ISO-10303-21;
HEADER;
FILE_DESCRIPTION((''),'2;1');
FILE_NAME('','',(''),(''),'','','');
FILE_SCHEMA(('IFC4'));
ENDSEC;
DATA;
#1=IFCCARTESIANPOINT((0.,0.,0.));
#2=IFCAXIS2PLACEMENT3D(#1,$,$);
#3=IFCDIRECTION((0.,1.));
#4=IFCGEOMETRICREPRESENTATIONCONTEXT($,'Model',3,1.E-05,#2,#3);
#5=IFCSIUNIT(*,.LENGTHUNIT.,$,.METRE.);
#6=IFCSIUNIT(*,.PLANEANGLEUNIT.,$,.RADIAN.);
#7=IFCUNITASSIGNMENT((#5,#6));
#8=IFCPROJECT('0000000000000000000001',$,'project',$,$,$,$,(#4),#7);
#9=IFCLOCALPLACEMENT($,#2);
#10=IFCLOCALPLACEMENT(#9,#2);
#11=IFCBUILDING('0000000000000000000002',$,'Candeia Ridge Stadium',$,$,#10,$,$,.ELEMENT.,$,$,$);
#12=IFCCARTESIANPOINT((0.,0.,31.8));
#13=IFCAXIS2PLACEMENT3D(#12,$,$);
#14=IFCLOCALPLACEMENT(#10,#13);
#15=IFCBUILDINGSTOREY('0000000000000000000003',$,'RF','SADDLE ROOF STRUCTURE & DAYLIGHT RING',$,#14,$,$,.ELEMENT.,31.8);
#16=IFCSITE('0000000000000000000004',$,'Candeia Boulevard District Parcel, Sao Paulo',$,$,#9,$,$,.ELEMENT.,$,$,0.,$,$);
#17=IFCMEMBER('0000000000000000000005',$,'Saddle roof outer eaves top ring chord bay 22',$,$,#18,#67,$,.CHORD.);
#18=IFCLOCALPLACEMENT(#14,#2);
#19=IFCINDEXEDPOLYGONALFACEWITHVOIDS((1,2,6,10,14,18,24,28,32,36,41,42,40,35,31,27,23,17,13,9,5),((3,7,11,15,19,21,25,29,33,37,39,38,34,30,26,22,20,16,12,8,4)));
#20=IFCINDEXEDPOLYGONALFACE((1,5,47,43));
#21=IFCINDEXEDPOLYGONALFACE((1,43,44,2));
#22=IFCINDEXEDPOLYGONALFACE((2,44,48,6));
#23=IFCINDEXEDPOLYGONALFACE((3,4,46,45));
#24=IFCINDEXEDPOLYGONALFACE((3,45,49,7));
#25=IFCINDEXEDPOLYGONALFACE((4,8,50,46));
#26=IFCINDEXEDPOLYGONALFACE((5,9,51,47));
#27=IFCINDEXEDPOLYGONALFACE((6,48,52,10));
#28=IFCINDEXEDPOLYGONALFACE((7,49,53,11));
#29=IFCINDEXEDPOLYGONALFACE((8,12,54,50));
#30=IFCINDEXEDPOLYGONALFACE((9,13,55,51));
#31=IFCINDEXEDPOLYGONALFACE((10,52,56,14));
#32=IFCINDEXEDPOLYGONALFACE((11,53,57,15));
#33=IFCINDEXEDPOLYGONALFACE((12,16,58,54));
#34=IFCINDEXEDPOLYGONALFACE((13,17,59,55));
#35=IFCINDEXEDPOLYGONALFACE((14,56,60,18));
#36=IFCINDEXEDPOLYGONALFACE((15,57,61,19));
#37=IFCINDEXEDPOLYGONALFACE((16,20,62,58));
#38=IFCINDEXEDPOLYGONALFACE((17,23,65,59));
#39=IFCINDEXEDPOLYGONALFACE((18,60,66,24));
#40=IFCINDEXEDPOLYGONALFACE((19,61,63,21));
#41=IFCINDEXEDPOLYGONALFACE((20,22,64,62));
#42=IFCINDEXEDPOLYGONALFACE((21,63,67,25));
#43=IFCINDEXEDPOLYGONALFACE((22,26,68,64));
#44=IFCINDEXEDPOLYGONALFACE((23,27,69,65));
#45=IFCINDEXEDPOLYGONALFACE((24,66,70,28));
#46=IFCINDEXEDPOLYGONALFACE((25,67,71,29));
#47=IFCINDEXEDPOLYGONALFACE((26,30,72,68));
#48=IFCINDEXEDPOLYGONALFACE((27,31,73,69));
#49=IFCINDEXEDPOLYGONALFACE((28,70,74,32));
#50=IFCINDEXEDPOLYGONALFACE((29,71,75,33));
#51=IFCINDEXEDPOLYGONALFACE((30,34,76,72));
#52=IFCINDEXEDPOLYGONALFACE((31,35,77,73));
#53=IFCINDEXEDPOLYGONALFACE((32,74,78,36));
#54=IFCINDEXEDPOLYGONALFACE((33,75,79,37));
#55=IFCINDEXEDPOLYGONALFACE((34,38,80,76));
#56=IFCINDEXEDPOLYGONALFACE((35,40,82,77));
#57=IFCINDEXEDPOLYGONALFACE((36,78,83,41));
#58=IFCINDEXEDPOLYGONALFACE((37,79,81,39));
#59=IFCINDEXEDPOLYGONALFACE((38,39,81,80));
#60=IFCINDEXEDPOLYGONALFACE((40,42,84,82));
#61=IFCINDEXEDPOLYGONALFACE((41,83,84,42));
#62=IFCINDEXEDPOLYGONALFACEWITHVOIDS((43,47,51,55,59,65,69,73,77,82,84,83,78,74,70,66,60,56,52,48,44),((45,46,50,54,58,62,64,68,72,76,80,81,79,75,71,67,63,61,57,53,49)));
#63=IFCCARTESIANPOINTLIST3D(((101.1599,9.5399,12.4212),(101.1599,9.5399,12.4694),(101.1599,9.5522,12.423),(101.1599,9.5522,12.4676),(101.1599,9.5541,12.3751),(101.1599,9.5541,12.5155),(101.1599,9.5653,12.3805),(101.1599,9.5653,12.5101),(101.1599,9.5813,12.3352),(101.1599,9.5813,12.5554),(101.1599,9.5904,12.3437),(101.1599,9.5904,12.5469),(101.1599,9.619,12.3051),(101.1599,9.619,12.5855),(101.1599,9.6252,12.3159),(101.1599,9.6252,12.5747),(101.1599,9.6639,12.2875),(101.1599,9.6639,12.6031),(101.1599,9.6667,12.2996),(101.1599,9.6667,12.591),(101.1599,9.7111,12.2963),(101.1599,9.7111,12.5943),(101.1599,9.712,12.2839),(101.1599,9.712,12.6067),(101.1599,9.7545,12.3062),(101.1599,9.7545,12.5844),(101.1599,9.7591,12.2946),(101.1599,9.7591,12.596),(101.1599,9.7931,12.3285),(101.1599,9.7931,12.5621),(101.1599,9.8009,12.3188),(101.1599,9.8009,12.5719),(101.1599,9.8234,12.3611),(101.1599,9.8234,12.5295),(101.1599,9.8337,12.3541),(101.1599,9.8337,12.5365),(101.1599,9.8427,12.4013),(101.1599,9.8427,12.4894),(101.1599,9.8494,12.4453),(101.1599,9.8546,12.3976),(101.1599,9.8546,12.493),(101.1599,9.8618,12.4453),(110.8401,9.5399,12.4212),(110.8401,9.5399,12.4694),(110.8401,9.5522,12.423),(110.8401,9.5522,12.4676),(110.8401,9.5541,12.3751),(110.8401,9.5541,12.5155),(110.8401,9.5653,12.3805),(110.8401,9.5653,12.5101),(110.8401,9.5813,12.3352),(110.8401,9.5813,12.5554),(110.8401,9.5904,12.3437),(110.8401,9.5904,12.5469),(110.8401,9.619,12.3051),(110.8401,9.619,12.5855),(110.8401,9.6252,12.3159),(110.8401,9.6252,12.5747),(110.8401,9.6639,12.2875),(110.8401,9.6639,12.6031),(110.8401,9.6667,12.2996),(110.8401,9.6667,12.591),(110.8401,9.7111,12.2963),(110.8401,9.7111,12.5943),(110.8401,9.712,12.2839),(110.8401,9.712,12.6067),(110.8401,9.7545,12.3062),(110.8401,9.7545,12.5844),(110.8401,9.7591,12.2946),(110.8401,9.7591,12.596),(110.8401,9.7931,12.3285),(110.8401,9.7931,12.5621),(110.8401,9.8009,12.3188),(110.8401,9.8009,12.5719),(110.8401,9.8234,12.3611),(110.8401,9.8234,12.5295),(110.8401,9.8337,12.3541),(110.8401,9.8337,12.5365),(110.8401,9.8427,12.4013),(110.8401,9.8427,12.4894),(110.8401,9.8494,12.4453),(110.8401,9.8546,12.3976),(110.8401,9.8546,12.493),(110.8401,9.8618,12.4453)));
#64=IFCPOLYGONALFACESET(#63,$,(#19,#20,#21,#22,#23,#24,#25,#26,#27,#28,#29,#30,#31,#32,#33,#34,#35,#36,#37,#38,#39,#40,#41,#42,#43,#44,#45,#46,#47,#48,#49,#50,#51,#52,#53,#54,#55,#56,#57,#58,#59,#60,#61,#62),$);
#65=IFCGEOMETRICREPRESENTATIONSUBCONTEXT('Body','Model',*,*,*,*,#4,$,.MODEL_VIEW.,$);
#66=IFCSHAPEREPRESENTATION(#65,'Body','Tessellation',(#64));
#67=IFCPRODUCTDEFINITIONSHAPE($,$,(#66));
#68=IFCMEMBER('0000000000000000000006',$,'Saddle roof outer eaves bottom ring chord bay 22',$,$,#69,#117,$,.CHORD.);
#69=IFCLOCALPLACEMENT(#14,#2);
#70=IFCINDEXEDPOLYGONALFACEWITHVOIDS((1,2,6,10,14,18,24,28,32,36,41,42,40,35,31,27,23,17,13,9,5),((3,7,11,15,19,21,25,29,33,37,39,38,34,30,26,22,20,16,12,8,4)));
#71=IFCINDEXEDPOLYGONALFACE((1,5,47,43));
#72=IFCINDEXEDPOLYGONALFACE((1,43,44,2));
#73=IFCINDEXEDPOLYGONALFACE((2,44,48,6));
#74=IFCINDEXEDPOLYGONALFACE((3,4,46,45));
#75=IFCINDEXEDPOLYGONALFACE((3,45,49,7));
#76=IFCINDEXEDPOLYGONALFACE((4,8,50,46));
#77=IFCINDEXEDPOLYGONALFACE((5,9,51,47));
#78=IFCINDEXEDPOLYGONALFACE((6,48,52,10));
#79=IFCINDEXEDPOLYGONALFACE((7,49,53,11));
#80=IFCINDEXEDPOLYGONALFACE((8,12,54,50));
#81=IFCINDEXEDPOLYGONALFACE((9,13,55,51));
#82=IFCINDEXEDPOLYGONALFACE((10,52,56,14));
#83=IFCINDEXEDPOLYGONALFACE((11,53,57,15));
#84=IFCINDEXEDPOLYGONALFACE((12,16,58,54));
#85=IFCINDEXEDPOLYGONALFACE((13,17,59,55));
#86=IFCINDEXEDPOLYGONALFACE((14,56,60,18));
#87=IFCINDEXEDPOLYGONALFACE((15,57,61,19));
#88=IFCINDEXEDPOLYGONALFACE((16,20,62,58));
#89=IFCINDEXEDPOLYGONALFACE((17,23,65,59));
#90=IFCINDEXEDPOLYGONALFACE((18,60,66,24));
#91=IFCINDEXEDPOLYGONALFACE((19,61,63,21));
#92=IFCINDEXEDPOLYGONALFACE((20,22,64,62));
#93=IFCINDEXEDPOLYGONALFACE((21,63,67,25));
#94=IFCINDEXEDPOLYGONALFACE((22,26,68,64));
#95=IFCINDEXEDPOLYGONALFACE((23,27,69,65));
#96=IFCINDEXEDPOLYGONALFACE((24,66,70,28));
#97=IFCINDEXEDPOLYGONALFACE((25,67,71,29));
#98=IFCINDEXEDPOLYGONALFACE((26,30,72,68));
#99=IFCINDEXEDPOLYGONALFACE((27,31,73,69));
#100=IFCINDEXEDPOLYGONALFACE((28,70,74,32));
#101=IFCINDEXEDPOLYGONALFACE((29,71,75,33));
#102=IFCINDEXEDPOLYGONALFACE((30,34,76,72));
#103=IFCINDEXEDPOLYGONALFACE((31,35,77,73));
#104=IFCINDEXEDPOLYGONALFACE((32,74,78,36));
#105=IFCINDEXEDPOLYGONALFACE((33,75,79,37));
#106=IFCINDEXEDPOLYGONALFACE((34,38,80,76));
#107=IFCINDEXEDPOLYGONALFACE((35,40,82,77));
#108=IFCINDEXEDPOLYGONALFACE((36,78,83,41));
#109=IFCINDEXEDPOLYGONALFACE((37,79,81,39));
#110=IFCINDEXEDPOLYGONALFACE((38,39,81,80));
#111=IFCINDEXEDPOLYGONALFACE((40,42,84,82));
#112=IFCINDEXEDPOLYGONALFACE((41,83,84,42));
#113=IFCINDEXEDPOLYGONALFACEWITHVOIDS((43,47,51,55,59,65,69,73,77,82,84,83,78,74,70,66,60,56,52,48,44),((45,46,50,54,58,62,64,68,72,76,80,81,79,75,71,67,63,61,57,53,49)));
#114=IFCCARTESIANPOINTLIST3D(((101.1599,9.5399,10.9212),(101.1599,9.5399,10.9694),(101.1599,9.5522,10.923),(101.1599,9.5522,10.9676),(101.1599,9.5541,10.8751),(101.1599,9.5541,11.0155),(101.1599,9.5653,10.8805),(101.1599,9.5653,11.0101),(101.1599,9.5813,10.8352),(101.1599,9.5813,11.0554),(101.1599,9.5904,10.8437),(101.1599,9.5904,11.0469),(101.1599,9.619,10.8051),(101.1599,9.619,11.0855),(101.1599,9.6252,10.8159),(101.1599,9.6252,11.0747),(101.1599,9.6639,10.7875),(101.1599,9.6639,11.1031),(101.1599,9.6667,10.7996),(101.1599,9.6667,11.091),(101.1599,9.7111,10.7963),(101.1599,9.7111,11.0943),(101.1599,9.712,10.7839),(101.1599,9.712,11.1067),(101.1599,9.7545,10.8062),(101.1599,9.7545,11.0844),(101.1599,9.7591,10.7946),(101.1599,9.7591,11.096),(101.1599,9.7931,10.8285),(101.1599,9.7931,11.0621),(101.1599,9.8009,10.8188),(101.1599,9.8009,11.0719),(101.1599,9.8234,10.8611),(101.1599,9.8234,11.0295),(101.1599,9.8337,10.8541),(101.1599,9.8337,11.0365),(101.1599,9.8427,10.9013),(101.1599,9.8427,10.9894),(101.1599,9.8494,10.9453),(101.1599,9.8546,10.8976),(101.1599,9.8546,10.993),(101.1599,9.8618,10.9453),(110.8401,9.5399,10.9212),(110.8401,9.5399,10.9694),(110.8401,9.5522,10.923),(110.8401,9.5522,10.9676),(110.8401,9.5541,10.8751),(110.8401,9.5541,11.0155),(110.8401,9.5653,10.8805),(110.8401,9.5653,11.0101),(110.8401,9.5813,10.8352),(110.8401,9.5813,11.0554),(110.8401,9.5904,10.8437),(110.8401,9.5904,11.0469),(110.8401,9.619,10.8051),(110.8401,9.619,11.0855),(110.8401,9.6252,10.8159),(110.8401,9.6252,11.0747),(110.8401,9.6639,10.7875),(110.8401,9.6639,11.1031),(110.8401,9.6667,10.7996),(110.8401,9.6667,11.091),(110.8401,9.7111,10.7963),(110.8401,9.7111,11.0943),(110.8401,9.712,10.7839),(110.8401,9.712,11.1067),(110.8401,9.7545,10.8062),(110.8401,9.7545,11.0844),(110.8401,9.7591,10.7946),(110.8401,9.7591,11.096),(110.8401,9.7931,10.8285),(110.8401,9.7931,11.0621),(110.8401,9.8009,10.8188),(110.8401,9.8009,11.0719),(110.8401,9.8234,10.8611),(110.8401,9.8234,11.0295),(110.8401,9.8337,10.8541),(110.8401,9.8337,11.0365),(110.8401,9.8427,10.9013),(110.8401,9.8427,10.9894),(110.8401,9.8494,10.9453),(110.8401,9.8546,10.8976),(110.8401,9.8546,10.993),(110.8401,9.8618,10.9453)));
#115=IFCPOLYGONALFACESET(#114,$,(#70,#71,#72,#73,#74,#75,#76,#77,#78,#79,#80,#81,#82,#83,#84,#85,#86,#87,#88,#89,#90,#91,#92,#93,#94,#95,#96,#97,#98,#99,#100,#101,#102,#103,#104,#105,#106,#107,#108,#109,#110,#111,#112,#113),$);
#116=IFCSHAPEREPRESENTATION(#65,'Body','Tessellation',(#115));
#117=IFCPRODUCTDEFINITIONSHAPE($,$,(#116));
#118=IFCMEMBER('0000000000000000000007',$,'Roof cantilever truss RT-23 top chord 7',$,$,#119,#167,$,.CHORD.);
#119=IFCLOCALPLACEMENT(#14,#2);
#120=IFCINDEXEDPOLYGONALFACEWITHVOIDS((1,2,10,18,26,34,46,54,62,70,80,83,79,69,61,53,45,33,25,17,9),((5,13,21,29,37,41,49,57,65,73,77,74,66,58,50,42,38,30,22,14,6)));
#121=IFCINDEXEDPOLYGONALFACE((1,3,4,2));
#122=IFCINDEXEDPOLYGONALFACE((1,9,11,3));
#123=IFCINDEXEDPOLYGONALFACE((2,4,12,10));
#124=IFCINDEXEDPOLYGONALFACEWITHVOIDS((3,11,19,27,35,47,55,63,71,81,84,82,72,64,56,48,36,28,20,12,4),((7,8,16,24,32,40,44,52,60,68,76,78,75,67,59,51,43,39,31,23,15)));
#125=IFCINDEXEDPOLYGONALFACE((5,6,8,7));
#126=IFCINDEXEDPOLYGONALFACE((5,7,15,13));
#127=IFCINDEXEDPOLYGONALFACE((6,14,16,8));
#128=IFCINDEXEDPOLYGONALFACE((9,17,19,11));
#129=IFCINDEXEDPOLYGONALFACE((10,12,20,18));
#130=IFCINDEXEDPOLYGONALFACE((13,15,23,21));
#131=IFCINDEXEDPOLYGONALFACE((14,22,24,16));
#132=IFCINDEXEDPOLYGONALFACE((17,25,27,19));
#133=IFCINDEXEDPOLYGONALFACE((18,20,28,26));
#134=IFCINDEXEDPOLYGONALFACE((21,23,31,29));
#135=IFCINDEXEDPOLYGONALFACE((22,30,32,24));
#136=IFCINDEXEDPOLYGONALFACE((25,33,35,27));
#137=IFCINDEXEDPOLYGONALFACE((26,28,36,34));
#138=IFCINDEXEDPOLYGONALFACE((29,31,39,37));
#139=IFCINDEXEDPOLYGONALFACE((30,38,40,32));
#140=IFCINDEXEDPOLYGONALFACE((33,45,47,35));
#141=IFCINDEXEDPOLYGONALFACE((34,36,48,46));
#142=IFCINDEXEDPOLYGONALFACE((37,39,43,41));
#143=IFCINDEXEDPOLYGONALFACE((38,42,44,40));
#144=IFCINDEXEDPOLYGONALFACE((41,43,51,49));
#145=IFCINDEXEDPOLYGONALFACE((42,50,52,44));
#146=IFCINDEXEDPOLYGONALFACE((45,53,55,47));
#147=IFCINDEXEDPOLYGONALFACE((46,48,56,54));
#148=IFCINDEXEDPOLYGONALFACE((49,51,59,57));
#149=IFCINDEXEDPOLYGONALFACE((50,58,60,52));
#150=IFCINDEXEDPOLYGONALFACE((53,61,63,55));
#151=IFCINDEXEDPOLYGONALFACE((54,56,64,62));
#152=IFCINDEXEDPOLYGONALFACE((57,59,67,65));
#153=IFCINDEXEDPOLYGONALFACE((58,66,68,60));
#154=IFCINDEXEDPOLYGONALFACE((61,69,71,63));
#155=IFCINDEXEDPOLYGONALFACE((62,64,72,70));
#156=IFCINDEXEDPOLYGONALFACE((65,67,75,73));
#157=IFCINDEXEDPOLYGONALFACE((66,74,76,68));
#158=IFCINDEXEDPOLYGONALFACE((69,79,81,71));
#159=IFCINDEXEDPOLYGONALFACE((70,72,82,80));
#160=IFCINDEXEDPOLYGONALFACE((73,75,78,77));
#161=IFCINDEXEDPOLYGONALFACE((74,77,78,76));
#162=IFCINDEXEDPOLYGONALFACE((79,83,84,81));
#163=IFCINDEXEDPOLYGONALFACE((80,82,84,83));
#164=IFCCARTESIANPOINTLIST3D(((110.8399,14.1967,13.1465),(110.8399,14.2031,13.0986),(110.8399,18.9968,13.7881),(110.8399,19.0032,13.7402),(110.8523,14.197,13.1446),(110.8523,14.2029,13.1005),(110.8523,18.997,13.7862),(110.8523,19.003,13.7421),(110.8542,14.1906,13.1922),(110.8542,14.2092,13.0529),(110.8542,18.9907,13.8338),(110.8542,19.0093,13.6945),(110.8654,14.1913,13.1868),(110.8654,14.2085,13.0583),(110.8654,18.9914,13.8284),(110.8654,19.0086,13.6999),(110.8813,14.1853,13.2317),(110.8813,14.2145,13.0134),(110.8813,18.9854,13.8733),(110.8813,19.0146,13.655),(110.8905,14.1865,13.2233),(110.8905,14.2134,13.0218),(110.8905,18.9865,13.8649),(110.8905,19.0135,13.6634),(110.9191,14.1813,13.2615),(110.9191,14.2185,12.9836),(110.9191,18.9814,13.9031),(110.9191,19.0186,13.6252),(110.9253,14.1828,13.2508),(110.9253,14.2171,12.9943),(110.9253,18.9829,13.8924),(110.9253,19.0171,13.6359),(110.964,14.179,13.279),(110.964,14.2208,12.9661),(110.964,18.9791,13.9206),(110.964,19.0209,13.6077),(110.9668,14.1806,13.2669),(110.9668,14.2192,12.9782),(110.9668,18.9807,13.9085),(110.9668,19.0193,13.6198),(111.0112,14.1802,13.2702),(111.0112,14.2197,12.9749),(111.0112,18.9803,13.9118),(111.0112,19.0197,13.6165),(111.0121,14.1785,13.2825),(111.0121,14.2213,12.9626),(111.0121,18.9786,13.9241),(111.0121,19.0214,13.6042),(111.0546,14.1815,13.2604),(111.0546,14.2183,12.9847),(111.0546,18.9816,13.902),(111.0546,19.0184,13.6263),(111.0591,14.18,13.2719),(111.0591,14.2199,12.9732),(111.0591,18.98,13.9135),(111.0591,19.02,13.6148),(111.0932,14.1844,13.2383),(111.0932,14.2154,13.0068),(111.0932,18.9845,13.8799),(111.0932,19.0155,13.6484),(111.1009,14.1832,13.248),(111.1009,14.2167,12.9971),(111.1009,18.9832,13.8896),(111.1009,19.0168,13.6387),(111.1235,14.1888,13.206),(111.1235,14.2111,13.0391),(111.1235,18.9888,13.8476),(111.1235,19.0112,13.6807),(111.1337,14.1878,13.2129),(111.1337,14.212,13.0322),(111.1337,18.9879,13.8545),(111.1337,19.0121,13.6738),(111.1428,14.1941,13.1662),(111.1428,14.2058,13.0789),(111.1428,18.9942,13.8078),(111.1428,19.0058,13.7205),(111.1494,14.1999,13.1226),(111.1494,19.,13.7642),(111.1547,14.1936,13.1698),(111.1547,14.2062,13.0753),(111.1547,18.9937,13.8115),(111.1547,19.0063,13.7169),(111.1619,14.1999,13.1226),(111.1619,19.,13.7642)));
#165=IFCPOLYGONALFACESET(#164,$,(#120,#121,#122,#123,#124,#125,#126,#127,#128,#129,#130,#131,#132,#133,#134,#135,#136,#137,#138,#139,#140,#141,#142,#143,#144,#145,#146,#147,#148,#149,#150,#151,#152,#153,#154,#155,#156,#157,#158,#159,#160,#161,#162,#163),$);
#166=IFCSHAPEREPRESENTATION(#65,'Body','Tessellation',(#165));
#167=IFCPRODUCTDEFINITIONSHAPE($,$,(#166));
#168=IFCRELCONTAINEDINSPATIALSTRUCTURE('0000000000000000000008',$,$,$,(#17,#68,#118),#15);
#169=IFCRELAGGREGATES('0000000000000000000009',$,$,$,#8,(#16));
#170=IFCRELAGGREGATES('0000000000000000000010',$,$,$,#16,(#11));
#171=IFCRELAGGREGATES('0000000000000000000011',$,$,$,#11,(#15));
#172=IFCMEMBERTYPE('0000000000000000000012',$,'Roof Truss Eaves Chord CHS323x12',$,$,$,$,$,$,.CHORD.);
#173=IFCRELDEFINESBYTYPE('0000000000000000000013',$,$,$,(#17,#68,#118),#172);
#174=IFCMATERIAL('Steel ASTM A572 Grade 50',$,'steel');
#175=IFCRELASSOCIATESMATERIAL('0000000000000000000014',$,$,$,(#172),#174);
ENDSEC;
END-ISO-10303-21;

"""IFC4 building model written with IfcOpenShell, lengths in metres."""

from ifc_helpers import new_model, si_unit, direction, frame, origin, origin_2d, place, context, subcontext, project, spatial, hollow_circle, extrude, material, material_profile, profile_set, type_object, element, save


model = new_model("IFC4")

# Units and contexts
model_context = context("Model", 3, precision=1e-05, world=origin(), true_north=direction((0.0, 1.0)))
body_context = subcontext(model_context, "Body", "Model", "MODEL_VIEW")
ifc_project = project(units=[si_unit("LENGTHUNIT", "METRE"), si_unit("PLANEANGLEUNIT", "RADIAN")], contexts=[model_context])

# Site, building, storey
site_placement = place(None, origin())
site = spatial("IfcSite", under=ifc_project, at=site_placement, Name="Candeia Boulevard District Parcel, Sao Paulo", CompositionType="ELEMENT", RefElevation=0.0)
building_placement = place(site_placement, origin())
building = spatial("IfcBuilding", under=site, at=building_placement, Name="Candeia Ridge Stadium", CompositionType="ELEMENT")
storey_placement = place(building_placement, frame((0.0, 0.0, 31.8)))
storey = spatial("IfcBuildingStorey", under=building, at=storey_placement, Name="RF", Description="SADDLE ROOF STRUCTURE & DAYLIGHT RING", CompositionType="ELEMENT", Elevation=31.8)

# Shared definitions
ifc_material_1 = material(Name="Steel ASTM A572 Grade 50", Category="steel")

# Members
ifc_material_profile_1 = material_profile(ifc_material_1, hollow_circle(Radius=0.1619, WallThickness=0.0125, at=origin_2d()), Name="CHS323x12", Category="steel")
ifc_profile_set_1 = profile_set([ifc_material_profile_1], Name="Steel ASTM A572 Grade 50")
member_type_1 = type_object("IfcMemberType", Name="Roof Truss Eaves Chord CHS323x12", PredefinedType="CHORD", material=ifc_profile_set_1)
for number, where, z_axis, x_axis, name in (
    (1, (101.1599, 9.7, 12.4453), (1.0, 0.0, 0.0), (0.0, 1.0, 0.0), "Saddle roof outer eaves top ring chord bay 22"),
    (2, (101.1599, 9.7, 10.9453), (1.0, 0.0, 0.0), (0.0, 1.0, 0.0), "Saddle roof outer eaves bottom ring chord bay 22"),
):
    element("IfcMember", number, at=place(storey_placement, frame(where, z_axis=z_axis, x_axis=x_axis)), inside=storey, type_object=member_type_1, Name=name, PredefinedType="CHORD", context=body_context, shape_type="SweptSolid", body=[
        extrude(hollow_circle(Radius=0.1619, WallThickness=0.0125, at=origin_2d()), origin(), (0.0, 0.0, 1.0), 9.6802),
    ])
member_1_placement = place(storey_placement, frame((111.0, 19.0, 13.7642), z_axis=(0.0, -0.991185, -0.132487), x_axis=(1.0, 0.0, 0.0)))
element("IfcMember", 3, at=member_1_placement, inside=storey, type_object=member_type_1, Name="Roof cantilever truss RT-23 top chord 7", PredefinedType="CHORD", context=body_context, shape_type="SweptSolid", body=[
    extrude(hollow_circle(Radius=0.1619, WallThickness=0.0125, at=origin_2d()), origin(), (0.0, 0.0, 1.0), 4.8428),
])

save(model, "model.ifc")
